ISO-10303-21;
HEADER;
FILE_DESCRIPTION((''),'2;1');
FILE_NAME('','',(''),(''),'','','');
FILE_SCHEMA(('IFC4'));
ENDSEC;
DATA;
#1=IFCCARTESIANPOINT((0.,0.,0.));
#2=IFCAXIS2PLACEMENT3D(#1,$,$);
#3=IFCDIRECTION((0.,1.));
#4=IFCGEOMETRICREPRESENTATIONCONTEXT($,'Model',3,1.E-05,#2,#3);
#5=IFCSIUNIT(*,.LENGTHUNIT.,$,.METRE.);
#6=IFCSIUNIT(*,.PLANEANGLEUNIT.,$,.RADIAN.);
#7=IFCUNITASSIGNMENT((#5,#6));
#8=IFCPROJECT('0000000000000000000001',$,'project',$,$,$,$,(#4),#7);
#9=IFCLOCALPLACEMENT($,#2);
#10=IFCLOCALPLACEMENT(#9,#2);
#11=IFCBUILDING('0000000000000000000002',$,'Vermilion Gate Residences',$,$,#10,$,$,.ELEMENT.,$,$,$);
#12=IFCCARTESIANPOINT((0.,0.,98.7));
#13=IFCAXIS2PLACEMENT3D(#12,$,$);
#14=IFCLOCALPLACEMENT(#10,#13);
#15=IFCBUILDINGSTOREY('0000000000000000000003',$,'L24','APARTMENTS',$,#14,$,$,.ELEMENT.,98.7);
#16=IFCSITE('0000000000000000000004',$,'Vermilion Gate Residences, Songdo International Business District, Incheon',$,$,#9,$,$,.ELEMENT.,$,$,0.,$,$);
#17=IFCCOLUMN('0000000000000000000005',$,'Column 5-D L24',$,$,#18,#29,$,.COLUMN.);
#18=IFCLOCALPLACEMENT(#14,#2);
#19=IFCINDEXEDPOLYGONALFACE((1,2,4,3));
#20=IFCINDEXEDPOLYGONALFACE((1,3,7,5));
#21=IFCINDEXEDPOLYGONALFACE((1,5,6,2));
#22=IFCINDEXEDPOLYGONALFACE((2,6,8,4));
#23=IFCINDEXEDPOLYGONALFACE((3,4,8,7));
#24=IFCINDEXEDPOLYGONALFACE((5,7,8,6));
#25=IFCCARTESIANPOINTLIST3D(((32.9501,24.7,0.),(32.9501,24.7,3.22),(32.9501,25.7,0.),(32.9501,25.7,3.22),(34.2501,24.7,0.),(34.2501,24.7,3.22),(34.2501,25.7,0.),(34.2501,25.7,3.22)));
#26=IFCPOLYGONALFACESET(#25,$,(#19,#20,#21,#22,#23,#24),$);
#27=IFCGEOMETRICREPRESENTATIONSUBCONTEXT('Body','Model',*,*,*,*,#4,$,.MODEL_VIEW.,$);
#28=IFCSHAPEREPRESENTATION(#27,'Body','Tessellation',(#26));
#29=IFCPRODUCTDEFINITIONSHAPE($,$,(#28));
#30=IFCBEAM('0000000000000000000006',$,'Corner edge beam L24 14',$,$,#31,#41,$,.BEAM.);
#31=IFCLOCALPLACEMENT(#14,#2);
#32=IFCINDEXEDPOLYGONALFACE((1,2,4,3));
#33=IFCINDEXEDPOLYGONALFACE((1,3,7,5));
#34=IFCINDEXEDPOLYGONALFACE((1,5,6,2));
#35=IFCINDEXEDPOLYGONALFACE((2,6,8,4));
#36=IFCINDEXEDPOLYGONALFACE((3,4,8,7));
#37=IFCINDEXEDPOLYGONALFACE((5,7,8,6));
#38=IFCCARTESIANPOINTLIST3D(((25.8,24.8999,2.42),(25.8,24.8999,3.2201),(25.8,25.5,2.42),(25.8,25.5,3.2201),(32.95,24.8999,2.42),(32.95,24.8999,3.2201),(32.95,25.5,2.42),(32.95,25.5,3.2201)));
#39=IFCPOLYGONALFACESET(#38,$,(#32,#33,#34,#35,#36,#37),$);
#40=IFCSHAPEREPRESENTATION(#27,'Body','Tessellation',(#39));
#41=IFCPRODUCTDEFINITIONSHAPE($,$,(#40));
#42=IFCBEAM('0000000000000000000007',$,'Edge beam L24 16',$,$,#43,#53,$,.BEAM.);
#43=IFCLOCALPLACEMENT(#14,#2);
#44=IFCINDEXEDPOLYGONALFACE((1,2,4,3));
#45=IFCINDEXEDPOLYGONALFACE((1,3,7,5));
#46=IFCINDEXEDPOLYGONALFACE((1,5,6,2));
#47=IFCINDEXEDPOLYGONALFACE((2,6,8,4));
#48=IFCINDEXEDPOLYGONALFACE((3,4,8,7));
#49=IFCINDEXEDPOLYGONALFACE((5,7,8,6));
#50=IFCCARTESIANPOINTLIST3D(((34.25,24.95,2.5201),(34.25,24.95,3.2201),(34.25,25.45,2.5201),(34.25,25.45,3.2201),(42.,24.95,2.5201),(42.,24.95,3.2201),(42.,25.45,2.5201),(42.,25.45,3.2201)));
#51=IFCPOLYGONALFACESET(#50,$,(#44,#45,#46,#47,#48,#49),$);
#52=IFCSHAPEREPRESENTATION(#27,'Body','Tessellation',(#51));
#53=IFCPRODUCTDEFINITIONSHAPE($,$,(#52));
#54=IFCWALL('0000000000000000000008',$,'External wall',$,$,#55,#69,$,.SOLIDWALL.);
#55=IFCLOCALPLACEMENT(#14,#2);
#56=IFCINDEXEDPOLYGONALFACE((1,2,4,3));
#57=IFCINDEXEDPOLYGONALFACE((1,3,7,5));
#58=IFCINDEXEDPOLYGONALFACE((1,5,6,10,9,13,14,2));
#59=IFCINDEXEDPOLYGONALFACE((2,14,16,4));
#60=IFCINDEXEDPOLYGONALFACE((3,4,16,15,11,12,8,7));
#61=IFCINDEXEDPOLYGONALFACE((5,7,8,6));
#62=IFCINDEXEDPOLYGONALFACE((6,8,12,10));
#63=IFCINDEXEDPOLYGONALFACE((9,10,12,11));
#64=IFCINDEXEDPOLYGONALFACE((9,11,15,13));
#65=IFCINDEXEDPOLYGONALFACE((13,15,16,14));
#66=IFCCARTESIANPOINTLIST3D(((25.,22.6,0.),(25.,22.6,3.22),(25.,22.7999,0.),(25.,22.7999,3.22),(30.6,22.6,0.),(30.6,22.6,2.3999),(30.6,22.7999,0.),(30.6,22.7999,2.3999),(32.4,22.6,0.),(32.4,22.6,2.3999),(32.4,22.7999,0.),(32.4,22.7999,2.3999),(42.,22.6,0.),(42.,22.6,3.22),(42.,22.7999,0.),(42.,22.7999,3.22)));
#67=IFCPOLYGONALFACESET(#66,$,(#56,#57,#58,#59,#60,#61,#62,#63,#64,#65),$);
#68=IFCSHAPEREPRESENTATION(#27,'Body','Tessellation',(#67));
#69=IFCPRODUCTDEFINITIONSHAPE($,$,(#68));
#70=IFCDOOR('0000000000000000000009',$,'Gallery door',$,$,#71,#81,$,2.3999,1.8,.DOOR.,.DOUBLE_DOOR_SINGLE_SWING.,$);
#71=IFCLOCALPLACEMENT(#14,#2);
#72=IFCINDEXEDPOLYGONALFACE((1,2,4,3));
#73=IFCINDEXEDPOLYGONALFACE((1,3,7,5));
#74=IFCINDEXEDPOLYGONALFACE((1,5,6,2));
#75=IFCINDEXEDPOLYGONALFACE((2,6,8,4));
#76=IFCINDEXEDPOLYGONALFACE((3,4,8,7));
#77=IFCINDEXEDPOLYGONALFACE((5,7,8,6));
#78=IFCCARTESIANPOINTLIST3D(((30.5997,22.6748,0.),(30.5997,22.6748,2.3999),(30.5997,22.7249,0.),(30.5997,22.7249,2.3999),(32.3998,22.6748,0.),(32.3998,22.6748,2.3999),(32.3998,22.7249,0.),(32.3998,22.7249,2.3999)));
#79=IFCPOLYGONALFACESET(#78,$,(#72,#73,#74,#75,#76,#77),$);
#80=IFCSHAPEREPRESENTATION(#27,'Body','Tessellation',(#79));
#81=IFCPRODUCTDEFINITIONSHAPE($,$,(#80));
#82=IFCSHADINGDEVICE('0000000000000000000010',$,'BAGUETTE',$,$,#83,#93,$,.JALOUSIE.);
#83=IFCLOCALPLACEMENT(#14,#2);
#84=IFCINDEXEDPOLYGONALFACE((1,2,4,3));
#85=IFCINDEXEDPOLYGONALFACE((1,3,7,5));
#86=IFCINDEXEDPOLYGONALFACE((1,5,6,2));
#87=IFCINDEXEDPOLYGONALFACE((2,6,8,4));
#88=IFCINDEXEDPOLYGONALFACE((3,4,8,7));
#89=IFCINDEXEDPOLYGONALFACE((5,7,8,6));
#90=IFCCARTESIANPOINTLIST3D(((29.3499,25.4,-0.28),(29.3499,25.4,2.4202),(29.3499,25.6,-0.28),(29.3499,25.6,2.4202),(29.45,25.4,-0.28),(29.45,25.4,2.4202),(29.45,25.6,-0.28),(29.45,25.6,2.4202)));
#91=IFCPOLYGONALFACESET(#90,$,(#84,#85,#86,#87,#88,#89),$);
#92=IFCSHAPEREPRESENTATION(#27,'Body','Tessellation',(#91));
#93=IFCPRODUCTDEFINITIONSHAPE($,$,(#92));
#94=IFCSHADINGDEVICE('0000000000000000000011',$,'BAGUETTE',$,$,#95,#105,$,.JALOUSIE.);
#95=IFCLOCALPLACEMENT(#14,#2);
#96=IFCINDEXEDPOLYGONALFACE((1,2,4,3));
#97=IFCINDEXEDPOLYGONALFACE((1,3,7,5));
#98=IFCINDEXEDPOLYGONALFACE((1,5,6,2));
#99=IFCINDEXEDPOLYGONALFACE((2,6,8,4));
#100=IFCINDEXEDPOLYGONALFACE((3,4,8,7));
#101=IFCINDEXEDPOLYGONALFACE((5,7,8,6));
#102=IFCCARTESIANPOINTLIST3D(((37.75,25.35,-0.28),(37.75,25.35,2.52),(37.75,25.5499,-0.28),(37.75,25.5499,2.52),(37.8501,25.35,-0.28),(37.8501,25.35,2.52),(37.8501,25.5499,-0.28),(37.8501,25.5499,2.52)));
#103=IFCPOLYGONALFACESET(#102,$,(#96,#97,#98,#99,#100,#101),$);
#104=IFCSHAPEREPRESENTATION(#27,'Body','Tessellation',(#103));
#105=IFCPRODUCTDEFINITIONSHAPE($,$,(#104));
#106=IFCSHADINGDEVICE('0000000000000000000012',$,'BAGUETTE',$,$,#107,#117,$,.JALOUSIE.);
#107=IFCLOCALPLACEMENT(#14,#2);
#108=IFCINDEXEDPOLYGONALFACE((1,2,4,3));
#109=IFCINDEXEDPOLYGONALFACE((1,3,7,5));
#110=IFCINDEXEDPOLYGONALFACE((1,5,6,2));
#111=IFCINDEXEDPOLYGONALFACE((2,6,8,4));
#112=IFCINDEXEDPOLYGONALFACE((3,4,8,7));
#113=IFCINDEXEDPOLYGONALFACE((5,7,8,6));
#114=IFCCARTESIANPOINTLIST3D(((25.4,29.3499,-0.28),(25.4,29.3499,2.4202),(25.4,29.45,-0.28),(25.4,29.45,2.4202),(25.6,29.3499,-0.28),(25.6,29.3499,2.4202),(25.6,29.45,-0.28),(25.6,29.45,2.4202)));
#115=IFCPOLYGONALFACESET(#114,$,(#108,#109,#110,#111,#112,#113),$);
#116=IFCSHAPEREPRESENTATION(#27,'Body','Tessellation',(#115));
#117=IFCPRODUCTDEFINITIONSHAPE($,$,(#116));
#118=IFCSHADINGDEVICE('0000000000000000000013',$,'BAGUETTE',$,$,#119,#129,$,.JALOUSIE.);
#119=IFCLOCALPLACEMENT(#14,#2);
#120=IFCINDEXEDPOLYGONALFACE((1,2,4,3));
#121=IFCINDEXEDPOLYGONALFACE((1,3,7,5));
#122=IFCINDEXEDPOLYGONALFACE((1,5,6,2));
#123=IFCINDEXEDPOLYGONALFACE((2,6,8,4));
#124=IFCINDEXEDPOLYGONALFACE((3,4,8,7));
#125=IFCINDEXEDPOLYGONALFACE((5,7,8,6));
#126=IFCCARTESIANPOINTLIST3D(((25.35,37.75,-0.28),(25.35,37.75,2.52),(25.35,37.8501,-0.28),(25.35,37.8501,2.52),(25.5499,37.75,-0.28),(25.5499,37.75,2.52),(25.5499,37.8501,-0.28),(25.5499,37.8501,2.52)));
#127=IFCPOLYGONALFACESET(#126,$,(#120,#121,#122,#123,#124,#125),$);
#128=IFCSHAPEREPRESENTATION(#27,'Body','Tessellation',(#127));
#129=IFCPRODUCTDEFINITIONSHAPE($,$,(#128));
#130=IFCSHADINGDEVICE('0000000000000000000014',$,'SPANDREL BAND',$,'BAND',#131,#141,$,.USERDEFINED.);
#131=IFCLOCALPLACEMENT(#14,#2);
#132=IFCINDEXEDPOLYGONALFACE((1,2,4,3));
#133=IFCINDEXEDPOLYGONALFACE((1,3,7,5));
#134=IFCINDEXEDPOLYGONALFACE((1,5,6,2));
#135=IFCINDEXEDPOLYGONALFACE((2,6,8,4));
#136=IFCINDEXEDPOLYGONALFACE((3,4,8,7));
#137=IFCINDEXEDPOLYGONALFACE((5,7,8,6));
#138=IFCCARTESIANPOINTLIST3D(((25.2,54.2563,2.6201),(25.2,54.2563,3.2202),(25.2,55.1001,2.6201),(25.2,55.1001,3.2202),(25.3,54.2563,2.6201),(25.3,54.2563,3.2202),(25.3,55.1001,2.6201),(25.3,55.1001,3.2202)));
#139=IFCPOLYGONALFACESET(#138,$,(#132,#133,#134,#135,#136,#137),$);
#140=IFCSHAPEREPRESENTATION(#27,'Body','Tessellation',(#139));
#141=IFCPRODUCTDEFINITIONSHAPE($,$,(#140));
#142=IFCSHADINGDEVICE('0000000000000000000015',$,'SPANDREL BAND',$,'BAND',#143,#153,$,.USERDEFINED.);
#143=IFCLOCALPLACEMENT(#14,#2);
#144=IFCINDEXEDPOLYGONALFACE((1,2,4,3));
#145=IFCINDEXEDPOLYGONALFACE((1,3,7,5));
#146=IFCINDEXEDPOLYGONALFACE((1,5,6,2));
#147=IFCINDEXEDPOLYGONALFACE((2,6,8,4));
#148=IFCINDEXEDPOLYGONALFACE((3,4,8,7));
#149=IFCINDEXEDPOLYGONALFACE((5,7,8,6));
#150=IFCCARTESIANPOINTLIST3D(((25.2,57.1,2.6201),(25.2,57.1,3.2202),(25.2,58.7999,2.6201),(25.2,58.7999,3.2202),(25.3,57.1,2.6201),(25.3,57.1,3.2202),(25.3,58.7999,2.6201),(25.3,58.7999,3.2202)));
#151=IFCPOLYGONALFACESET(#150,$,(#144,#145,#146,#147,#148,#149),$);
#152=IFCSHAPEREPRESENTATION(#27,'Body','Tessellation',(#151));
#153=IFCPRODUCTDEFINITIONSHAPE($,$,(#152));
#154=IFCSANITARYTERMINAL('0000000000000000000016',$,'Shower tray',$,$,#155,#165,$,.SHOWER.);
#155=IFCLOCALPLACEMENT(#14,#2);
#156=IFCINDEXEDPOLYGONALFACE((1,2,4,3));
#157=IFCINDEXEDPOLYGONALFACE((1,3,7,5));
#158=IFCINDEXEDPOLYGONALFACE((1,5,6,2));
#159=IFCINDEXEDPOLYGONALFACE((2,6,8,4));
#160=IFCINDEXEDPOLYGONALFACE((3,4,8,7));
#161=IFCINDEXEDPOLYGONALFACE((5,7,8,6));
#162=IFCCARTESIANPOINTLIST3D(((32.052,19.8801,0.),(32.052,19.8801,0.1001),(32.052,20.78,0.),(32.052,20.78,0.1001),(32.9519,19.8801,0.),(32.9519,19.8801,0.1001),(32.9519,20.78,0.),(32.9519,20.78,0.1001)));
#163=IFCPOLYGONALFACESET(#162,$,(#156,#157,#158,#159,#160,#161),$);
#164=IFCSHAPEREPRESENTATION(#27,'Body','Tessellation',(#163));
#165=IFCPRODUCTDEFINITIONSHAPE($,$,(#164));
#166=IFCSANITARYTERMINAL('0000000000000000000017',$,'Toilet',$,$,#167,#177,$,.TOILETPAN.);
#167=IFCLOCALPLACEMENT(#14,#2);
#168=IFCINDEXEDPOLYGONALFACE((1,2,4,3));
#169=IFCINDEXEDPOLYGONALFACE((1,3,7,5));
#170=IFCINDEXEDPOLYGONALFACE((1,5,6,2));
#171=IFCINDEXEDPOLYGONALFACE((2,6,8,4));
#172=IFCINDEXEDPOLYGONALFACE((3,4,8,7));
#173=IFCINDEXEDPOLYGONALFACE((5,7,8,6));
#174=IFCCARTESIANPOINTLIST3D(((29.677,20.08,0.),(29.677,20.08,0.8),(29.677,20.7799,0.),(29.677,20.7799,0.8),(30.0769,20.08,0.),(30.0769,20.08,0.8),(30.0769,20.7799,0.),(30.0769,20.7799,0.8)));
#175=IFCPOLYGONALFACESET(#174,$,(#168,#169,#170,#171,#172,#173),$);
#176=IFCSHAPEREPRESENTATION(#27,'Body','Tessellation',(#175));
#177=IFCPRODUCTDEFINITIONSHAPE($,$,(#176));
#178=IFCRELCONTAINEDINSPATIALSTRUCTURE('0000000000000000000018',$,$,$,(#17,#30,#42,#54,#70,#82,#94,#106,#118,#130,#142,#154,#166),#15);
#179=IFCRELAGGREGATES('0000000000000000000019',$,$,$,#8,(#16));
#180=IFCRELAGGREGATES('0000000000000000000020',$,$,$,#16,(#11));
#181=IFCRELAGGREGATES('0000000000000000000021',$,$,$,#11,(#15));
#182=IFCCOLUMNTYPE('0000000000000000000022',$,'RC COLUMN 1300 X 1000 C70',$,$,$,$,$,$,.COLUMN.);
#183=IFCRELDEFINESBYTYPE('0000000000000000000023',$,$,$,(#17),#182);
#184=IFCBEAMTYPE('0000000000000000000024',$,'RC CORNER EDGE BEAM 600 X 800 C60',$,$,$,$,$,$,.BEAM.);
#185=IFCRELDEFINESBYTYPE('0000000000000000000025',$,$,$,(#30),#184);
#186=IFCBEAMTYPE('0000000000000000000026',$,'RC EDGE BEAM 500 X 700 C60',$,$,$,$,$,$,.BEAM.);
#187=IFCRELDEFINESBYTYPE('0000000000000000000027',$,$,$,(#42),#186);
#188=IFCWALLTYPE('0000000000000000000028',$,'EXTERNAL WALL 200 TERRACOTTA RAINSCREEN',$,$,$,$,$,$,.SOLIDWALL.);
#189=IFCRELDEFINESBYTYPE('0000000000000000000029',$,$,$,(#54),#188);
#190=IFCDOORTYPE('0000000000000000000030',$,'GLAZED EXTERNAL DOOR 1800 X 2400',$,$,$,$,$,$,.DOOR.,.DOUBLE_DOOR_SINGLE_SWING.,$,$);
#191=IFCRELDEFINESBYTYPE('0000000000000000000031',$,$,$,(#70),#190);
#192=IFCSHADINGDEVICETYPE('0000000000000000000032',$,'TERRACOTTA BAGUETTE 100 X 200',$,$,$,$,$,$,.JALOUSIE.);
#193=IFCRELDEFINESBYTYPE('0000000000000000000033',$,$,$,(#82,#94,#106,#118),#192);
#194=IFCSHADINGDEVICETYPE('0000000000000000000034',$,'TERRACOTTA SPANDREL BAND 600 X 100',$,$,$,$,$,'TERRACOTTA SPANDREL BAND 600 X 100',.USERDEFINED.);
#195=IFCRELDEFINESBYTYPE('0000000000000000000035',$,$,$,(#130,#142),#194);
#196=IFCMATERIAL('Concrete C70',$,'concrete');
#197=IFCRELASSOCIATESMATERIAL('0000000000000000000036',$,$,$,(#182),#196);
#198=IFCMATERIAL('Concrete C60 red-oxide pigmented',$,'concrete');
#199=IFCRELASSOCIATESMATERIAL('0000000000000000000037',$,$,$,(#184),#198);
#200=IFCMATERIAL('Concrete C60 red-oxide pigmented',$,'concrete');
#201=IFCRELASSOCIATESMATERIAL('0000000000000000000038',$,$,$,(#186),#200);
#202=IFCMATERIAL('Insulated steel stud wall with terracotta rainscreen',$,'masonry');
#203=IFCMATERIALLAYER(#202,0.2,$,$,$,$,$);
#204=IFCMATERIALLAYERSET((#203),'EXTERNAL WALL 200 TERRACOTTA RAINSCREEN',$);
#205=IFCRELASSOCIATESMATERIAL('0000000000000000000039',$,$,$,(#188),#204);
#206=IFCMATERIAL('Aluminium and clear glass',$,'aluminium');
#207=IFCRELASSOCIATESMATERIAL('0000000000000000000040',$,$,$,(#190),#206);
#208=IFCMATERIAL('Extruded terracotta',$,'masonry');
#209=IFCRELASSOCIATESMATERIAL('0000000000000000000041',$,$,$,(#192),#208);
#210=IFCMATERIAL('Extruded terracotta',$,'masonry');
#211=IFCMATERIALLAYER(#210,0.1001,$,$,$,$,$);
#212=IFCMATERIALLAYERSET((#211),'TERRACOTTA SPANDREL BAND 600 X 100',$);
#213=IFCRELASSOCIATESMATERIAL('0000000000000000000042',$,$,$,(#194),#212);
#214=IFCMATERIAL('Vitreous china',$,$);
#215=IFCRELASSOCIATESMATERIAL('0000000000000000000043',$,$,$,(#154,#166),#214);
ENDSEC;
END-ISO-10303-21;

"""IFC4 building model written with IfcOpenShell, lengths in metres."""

from ifc_helpers import new_model, si_unit, direction, frame, frame_2d, origin, origin_2d, place, context, subcontext, project, spatial, rectangle, extrude, material, layer, layer_set, material_profile, profile_set, type_object, element, fill, save


model = new_model("IFC4")

# Units and contexts
model_context = context("Model", 3, precision=1e-05, world=origin(), true_north=direction((0.0, 1.0)))
body_context = subcontext(model_context, "Body", "Model", "MODEL_VIEW")
ifc_project = project(units=[si_unit("LENGTHUNIT", "METRE"), si_unit("PLANEANGLEUNIT", "RADIAN")], contexts=[model_context])

# Site, building, storey
site_placement = place(None, origin())
site = spatial("IfcSite", under=ifc_project, at=site_placement, Name="Vermilion Gate Residences, Songdo International Business District, Incheon", CompositionType="ELEMENT", RefElevation=0.0)
building_placement = place(site_placement, origin())
building = spatial("IfcBuilding", under=site, at=building_placement, Name="Vermilion Gate Residences", CompositionType="ELEMENT")
storey_placement = place(building_placement, frame((0.0, 0.0, 98.7)))
storey = spatial("IfcBuildingStorey", under=building, at=storey_placement, Name="L24", Description="APARTMENTS", CompositionType="ELEMENT", Elevation=98.7)

# Column
ifc_material_1 = material(Name="Concrete C70", Category="concrete")
ifc_material_profile_1 = material_profile(ifc_material_1, rectangle(XDim=1.3, YDim=1.0, at=origin_2d()), Name="RC-1300x1000")
ifc_profile_set_1 = profile_set([ifc_material_profile_1], Name="Concrete C70")
column_type = type_object("IfcColumnType", Name="RC COLUMN 1300 X 1000 C70", PredefinedType="COLUMN", material=ifc_profile_set_1)
column_placement = place(storey_placement, frame((33.6001, 25.2, 0.0), z_axis=(0.0, 0.0, 1.0), x_axis=(1.0, 0.0, 0.0)))
element("IfcColumn", 1, at=column_placement, inside=storey, type_object=column_type, Name="Column 5-D L24", PredefinedType="COLUMN", context=body_context, shape_type="SweptSolid", body=[
    extrude(rectangle(XDim=1.3, YDim=1.0, at=origin_2d()), origin(), (0.0, 0.0, 1.0), 3.22),
])

# Beams
ifc_material_2 = material(Name="Concrete C60 red-oxide pigmented", Category="concrete")
ifc_material_profile_2 = material_profile(ifc_material_2, rectangle(XDim=0.6001, YDim=0.8, at=origin_2d()), Name="RC-600x800")
ifc_profile_set_2 = profile_set([ifc_material_profile_2], Name="Concrete C60 red-oxide pigmented")
beam_type_1 = type_object("IfcBeamType", Name="RC CORNER EDGE BEAM 600 X 800 C60", PredefinedType="BEAM", material=ifc_profile_set_2)
beam_1_placement = place(storey_placement, frame((25.8, 25.2, 2.8201), z_axis=(1.0, 0.0, 0.0), x_axis=(0.0, 1.0, 0.0)))
element("IfcBeam", 2, at=beam_1_placement, inside=storey, type_object=beam_type_1, Name="Corner edge beam L24 14", PredefinedType="BEAM", context=body_context, shape_type="SweptSolid", body=[
    extrude(rectangle(XDim=0.6001, YDim=0.8, at=origin_2d()), origin(), (0.0, 0.0, 1.0), 7.1499),
])
ifc_material_3 = material(Name="Concrete C60 red-oxide pigmented", Category="concrete")
ifc_material_profile_3 = material_profile(ifc_material_3, rectangle(XDim=0.5, YDim=0.7, at=origin_2d()), Name="RC-500x700")
ifc_profile_set_3 = profile_set([ifc_material_profile_3], Name="Concrete C60 red-oxide pigmented")
beam_type_2 = type_object("IfcBeamType", Name="RC EDGE BEAM 500 X 700 C60", PredefinedType="BEAM", material=ifc_profile_set_3)
beam_2_placement = place(storey_placement, frame((34.25, 25.2, 2.8701), z_axis=(1.0, 0.0, 0.0), x_axis=(0.0, 1.0, 0.0)))
element("IfcBeam", 3, at=beam_2_placement, inside=storey, type_object=beam_type_2, Name="Edge beam L24 16", PredefinedType="BEAM", context=body_context, shape_type="SweptSolid", body=[
    extrude(rectangle(XDim=0.5, YDim=0.7, at=origin_2d()), origin(), (0.0, 0.0, 1.0), 7.75),
])

# Wall, opening, door
ifc_material_4 = material(Name="Insulated steel stud wall with terracotta rainscreen", Category="masonry")
ifc_layer_1 = layer(ifc_material_4, 0.2)
ifc_layer_set_1 = layer_set([ifc_layer_1], Name="EXTERNAL WALL 200 TERRACOTTA RAINSCREEN")
wall_type = type_object("IfcWallType", Name="EXTERNAL WALL 200 TERRACOTTA RAINSCREEN", PredefinedType="SOLIDWALL", material=ifc_layer_set_1)
wall_placement = place(storey_placement, frame((42.0, 22.7, 0.0), z_axis=(0.0, 0.0, 1.0), x_axis=(-1.0, 0.0, 0.0)))
wall = element("IfcWall", 4, at=wall_placement, inside=storey, type_object=wall_type, Name="External wall", PredefinedType="SOLIDWALL", context=body_context, shape_type="SweptSolid", body=[
    extrude(rectangle(XDim=17.0, YDim=0.2, at=frame_2d((8.5, 0.0))), origin(), (0.0, 0.0, 1.0), 3.22),
])
opening_placement = place(wall_placement, frame((9.6001, 0.0, 0.0)))
opening = element("IfcOpeningElement", 5, at=opening_placement, cuts=wall, PredefinedType="OPENING", context=body_context, shape_type="SweptSolid", body=[
    extrude(rectangle(XDim=1.8, YDim=2.3999, at=frame_2d((0.8999, 1.2))), frame((0.0, 0.1099, 0.0), z_axis=(0.0, -1.0, 0.0), x_axis=(1.0, 0.0, 0.0)), (0.0, 0.0, 1.0), 0.22),
])
ifc_material_5 = material(Name="Aluminium and clear glass", Category="aluminium")
door_type = type_object("IfcDoorType", Name="GLAZED EXTERNAL DOOR 1800 X 2400", OperationType="DOUBLE_DOOR_SINGLE_SWING", PredefinedType="DOOR", material=ifc_material_5)
door_placement = place(opening_placement, frame((1.8, 0.0, 0.0), z_axis=(0.0, 0.0, 1.0), x_axis=(-1.0, 0.0, 0.0)))
door = element("IfcDoor", 6, at=door_placement, inside=storey, type_object=door_type, Name="Gallery door", OperationType="DOUBLE_DOOR_SINGLE_SWING", OverallHeight=2.3999, OverallWidth=1.8, PredefinedType="DOOR", context=body_context, shape_type="SweptSolid", body=[
    extrude(rectangle(XDim=1.8, YDim=2.3999, at=frame_2d((0.8999, 1.2))), frame((0.0, 0.0249, 0.0), z_axis=(0.0, -1.0, 0.0), x_axis=(1.0, 0.0, 0.0)), (0.0, 0.0, 1.0), 0.05),
])
fill(opening, door)

# Shading devices
ifc_material_6 = material(Name="Extruded terracotta", Category="masonry")
ifc_material_profile_4 = material_profile(ifc_material_6, rectangle(XDim=0.2, YDim=0.1001, at=origin_2d()), Name="BAGUETTE 100 X 200")
ifc_profile_set_4 = profile_set([ifc_material_profile_4], Name="Extruded terracotta")
shading_device_type_1 = type_object("IfcShadingDeviceType", Name="TERRACOTTA BAGUETTE 100 X 200", PredefinedType="JALOUSIE", material=ifc_profile_set_4)
shading_device_1_placement = place(storey_placement, frame((29.3999, 25.5, -0.28), z_axis=(0.0, 0.0, 1.0), x_axis=(0.0, -1.0, 0.0)))
element("IfcShadingDevice", 7, at=shading_device_1_placement, inside=storey, type_object=shading_device_type_1, Name="BAGUETTE", PredefinedType="JALOUSIE", context=body_context, shape_type="SweptSolid", body=[
    extrude(rectangle(XDim=0.2, YDim=0.1001, at=origin_2d()), origin(), (0.0, 0.0, 1.0), 2.7002),
])
shading_device_2_placement = place(storey_placement, frame((37.8, 25.45, -0.28), z_axis=(0.0, 0.0, 1.0), x_axis=(0.0, -1.0, 0.0)))
element("IfcShadingDevice", 8, at=shading_device_2_placement, inside=storey, type_object=shading_device_type_1, Name="BAGUETTE", PredefinedType="JALOUSIE", context=body_context, shape_type="SweptSolid", body=[
    extrude(rectangle(XDim=0.2, YDim=0.1001, at=origin_2d()), origin(), (0.0, 0.0, 1.0), 2.8),
])
shading_device_3_placement = place(storey_placement, frame((25.5, 29.3999, -0.28), z_axis=(0.0, 0.0, 1.0), x_axis=(-1.0, 0.0, 0.0)))
element("IfcShadingDevice", 9, at=shading_device_3_placement, inside=storey, type_object=shading_device_type_1, Name="BAGUETTE", PredefinedType="JALOUSIE", context=body_context, shape_type="SweptSolid", body=[
    extrude(rectangle(XDim=0.2, YDim=0.1001, at=origin_2d()), origin(), (0.0, 0.0, 1.0), 2.7002),
])
shading_device_4_placement = place(storey_placement, frame((25.45, 37.8, -0.28), z_axis=(0.0, 0.0, 1.0), x_axis=(-1.0, 0.0, 0.0)))
element("IfcShadingDevice", 10, at=shading_device_4_placement, inside=storey, type_object=shading_device_type_1, Name="BAGUETTE", PredefinedType="JALOUSIE", context=body_context, shape_type="SweptSolid", body=[
    extrude(rectangle(XDim=0.2, YDim=0.1001, at=origin_2d()), origin(), (0.0, 0.0, 1.0), 2.8),
])
ifc_material_7 = material(Name="Extruded terracotta", Category="masonry")
ifc_layer_2 = layer(ifc_material_7, 0.1001)
ifc_layer_set_2 = layer_set([ifc_layer_2], Name="TERRACOTTA SPANDREL BAND 600 X 100")
shading_device_type_2 = type_object("IfcShadingDeviceType", Name="TERRACOTTA SPANDREL BAND 600 X 100", ElementType="TERRACOTTA SPANDREL BAND 600 X 100", PredefinedType="USERDEFINED", material=ifc_layer_set_2)
shading_device_5_placement = place(storey_placement, frame((25.25, 54.6782, 2.6201), z_axis=(0.0, 0.0, 1.0), x_axis=(0.0, 1.0, 0.0)))
element("IfcShadingDevice", 11, at=shading_device_5_placement, inside=storey, type_object=shading_device_type_2, Name="SPANDREL BAND", ObjectType="BAND", PredefinedType="USERDEFINED", context=body_context, shape_type="SweptSolid", body=[
    extrude(rectangle(XDim=0.8438, YDim=0.1001, at=origin_2d()), origin(), (0.0, 0.0, 1.0), 0.6001),
])
shading_device_6_placement = place(storey_placement, frame((25.25, 57.95, 2.6201), z_axis=(0.0, 0.0, 1.0), x_axis=(0.0, 1.0, 0.0)))
element("IfcShadingDevice", 12, at=shading_device_6_placement, inside=storey, type_object=shading_device_type_2, Name="SPANDREL BAND", ObjectType="BAND", PredefinedType="USERDEFINED", context=body_context, shape_type="SweptSolid", body=[
    extrude(rectangle(XDim=1.7, YDim=0.1001, at=origin_2d()), origin(), (0.0, 0.0, 1.0), 0.6001),
])

# Sanitary terminals
ifc_material_8 = material(Name="Vitreous china")
sanitary_terminal_1_placement = place(storey_placement, frame((32.502, 20.3301, 0.0), z_axis=(0.0, 0.0, 1.0), x_axis=(1.0, 0.0, 0.0)))
element("IfcSanitaryTerminal", 13, at=sanitary_terminal_1_placement, inside=storey, material=ifc_material_8, Name="Shower tray", PredefinedType="SHOWER", context=body_context, shape_type="SweptSolid", body=[
    extrude(rectangle(XDim=0.8999, YDim=0.8999, at=origin_2d()), origin(), (0.0, 0.0, 1.0), 0.1001),
])
sanitary_terminal_2_placement = place(storey_placement, frame((29.877, 20.4299, 0.0), z_axis=(0.0, 0.0, 1.0), x_axis=(1.0, 0.0, 0.0)))
element("IfcSanitaryTerminal", 14, at=sanitary_terminal_2_placement, inside=storey, material=ifc_material_8, Name="Toilet", PredefinedType="TOILETPAN", context=body_context, shape_type="SweptSolid", body=[
    extrude(rectangle(XDim=0.3999, YDim=0.7, at=origin_2d()), origin(), (0.0, 0.0, 1.0), 0.8),
])

save(model, "model.ifc")
